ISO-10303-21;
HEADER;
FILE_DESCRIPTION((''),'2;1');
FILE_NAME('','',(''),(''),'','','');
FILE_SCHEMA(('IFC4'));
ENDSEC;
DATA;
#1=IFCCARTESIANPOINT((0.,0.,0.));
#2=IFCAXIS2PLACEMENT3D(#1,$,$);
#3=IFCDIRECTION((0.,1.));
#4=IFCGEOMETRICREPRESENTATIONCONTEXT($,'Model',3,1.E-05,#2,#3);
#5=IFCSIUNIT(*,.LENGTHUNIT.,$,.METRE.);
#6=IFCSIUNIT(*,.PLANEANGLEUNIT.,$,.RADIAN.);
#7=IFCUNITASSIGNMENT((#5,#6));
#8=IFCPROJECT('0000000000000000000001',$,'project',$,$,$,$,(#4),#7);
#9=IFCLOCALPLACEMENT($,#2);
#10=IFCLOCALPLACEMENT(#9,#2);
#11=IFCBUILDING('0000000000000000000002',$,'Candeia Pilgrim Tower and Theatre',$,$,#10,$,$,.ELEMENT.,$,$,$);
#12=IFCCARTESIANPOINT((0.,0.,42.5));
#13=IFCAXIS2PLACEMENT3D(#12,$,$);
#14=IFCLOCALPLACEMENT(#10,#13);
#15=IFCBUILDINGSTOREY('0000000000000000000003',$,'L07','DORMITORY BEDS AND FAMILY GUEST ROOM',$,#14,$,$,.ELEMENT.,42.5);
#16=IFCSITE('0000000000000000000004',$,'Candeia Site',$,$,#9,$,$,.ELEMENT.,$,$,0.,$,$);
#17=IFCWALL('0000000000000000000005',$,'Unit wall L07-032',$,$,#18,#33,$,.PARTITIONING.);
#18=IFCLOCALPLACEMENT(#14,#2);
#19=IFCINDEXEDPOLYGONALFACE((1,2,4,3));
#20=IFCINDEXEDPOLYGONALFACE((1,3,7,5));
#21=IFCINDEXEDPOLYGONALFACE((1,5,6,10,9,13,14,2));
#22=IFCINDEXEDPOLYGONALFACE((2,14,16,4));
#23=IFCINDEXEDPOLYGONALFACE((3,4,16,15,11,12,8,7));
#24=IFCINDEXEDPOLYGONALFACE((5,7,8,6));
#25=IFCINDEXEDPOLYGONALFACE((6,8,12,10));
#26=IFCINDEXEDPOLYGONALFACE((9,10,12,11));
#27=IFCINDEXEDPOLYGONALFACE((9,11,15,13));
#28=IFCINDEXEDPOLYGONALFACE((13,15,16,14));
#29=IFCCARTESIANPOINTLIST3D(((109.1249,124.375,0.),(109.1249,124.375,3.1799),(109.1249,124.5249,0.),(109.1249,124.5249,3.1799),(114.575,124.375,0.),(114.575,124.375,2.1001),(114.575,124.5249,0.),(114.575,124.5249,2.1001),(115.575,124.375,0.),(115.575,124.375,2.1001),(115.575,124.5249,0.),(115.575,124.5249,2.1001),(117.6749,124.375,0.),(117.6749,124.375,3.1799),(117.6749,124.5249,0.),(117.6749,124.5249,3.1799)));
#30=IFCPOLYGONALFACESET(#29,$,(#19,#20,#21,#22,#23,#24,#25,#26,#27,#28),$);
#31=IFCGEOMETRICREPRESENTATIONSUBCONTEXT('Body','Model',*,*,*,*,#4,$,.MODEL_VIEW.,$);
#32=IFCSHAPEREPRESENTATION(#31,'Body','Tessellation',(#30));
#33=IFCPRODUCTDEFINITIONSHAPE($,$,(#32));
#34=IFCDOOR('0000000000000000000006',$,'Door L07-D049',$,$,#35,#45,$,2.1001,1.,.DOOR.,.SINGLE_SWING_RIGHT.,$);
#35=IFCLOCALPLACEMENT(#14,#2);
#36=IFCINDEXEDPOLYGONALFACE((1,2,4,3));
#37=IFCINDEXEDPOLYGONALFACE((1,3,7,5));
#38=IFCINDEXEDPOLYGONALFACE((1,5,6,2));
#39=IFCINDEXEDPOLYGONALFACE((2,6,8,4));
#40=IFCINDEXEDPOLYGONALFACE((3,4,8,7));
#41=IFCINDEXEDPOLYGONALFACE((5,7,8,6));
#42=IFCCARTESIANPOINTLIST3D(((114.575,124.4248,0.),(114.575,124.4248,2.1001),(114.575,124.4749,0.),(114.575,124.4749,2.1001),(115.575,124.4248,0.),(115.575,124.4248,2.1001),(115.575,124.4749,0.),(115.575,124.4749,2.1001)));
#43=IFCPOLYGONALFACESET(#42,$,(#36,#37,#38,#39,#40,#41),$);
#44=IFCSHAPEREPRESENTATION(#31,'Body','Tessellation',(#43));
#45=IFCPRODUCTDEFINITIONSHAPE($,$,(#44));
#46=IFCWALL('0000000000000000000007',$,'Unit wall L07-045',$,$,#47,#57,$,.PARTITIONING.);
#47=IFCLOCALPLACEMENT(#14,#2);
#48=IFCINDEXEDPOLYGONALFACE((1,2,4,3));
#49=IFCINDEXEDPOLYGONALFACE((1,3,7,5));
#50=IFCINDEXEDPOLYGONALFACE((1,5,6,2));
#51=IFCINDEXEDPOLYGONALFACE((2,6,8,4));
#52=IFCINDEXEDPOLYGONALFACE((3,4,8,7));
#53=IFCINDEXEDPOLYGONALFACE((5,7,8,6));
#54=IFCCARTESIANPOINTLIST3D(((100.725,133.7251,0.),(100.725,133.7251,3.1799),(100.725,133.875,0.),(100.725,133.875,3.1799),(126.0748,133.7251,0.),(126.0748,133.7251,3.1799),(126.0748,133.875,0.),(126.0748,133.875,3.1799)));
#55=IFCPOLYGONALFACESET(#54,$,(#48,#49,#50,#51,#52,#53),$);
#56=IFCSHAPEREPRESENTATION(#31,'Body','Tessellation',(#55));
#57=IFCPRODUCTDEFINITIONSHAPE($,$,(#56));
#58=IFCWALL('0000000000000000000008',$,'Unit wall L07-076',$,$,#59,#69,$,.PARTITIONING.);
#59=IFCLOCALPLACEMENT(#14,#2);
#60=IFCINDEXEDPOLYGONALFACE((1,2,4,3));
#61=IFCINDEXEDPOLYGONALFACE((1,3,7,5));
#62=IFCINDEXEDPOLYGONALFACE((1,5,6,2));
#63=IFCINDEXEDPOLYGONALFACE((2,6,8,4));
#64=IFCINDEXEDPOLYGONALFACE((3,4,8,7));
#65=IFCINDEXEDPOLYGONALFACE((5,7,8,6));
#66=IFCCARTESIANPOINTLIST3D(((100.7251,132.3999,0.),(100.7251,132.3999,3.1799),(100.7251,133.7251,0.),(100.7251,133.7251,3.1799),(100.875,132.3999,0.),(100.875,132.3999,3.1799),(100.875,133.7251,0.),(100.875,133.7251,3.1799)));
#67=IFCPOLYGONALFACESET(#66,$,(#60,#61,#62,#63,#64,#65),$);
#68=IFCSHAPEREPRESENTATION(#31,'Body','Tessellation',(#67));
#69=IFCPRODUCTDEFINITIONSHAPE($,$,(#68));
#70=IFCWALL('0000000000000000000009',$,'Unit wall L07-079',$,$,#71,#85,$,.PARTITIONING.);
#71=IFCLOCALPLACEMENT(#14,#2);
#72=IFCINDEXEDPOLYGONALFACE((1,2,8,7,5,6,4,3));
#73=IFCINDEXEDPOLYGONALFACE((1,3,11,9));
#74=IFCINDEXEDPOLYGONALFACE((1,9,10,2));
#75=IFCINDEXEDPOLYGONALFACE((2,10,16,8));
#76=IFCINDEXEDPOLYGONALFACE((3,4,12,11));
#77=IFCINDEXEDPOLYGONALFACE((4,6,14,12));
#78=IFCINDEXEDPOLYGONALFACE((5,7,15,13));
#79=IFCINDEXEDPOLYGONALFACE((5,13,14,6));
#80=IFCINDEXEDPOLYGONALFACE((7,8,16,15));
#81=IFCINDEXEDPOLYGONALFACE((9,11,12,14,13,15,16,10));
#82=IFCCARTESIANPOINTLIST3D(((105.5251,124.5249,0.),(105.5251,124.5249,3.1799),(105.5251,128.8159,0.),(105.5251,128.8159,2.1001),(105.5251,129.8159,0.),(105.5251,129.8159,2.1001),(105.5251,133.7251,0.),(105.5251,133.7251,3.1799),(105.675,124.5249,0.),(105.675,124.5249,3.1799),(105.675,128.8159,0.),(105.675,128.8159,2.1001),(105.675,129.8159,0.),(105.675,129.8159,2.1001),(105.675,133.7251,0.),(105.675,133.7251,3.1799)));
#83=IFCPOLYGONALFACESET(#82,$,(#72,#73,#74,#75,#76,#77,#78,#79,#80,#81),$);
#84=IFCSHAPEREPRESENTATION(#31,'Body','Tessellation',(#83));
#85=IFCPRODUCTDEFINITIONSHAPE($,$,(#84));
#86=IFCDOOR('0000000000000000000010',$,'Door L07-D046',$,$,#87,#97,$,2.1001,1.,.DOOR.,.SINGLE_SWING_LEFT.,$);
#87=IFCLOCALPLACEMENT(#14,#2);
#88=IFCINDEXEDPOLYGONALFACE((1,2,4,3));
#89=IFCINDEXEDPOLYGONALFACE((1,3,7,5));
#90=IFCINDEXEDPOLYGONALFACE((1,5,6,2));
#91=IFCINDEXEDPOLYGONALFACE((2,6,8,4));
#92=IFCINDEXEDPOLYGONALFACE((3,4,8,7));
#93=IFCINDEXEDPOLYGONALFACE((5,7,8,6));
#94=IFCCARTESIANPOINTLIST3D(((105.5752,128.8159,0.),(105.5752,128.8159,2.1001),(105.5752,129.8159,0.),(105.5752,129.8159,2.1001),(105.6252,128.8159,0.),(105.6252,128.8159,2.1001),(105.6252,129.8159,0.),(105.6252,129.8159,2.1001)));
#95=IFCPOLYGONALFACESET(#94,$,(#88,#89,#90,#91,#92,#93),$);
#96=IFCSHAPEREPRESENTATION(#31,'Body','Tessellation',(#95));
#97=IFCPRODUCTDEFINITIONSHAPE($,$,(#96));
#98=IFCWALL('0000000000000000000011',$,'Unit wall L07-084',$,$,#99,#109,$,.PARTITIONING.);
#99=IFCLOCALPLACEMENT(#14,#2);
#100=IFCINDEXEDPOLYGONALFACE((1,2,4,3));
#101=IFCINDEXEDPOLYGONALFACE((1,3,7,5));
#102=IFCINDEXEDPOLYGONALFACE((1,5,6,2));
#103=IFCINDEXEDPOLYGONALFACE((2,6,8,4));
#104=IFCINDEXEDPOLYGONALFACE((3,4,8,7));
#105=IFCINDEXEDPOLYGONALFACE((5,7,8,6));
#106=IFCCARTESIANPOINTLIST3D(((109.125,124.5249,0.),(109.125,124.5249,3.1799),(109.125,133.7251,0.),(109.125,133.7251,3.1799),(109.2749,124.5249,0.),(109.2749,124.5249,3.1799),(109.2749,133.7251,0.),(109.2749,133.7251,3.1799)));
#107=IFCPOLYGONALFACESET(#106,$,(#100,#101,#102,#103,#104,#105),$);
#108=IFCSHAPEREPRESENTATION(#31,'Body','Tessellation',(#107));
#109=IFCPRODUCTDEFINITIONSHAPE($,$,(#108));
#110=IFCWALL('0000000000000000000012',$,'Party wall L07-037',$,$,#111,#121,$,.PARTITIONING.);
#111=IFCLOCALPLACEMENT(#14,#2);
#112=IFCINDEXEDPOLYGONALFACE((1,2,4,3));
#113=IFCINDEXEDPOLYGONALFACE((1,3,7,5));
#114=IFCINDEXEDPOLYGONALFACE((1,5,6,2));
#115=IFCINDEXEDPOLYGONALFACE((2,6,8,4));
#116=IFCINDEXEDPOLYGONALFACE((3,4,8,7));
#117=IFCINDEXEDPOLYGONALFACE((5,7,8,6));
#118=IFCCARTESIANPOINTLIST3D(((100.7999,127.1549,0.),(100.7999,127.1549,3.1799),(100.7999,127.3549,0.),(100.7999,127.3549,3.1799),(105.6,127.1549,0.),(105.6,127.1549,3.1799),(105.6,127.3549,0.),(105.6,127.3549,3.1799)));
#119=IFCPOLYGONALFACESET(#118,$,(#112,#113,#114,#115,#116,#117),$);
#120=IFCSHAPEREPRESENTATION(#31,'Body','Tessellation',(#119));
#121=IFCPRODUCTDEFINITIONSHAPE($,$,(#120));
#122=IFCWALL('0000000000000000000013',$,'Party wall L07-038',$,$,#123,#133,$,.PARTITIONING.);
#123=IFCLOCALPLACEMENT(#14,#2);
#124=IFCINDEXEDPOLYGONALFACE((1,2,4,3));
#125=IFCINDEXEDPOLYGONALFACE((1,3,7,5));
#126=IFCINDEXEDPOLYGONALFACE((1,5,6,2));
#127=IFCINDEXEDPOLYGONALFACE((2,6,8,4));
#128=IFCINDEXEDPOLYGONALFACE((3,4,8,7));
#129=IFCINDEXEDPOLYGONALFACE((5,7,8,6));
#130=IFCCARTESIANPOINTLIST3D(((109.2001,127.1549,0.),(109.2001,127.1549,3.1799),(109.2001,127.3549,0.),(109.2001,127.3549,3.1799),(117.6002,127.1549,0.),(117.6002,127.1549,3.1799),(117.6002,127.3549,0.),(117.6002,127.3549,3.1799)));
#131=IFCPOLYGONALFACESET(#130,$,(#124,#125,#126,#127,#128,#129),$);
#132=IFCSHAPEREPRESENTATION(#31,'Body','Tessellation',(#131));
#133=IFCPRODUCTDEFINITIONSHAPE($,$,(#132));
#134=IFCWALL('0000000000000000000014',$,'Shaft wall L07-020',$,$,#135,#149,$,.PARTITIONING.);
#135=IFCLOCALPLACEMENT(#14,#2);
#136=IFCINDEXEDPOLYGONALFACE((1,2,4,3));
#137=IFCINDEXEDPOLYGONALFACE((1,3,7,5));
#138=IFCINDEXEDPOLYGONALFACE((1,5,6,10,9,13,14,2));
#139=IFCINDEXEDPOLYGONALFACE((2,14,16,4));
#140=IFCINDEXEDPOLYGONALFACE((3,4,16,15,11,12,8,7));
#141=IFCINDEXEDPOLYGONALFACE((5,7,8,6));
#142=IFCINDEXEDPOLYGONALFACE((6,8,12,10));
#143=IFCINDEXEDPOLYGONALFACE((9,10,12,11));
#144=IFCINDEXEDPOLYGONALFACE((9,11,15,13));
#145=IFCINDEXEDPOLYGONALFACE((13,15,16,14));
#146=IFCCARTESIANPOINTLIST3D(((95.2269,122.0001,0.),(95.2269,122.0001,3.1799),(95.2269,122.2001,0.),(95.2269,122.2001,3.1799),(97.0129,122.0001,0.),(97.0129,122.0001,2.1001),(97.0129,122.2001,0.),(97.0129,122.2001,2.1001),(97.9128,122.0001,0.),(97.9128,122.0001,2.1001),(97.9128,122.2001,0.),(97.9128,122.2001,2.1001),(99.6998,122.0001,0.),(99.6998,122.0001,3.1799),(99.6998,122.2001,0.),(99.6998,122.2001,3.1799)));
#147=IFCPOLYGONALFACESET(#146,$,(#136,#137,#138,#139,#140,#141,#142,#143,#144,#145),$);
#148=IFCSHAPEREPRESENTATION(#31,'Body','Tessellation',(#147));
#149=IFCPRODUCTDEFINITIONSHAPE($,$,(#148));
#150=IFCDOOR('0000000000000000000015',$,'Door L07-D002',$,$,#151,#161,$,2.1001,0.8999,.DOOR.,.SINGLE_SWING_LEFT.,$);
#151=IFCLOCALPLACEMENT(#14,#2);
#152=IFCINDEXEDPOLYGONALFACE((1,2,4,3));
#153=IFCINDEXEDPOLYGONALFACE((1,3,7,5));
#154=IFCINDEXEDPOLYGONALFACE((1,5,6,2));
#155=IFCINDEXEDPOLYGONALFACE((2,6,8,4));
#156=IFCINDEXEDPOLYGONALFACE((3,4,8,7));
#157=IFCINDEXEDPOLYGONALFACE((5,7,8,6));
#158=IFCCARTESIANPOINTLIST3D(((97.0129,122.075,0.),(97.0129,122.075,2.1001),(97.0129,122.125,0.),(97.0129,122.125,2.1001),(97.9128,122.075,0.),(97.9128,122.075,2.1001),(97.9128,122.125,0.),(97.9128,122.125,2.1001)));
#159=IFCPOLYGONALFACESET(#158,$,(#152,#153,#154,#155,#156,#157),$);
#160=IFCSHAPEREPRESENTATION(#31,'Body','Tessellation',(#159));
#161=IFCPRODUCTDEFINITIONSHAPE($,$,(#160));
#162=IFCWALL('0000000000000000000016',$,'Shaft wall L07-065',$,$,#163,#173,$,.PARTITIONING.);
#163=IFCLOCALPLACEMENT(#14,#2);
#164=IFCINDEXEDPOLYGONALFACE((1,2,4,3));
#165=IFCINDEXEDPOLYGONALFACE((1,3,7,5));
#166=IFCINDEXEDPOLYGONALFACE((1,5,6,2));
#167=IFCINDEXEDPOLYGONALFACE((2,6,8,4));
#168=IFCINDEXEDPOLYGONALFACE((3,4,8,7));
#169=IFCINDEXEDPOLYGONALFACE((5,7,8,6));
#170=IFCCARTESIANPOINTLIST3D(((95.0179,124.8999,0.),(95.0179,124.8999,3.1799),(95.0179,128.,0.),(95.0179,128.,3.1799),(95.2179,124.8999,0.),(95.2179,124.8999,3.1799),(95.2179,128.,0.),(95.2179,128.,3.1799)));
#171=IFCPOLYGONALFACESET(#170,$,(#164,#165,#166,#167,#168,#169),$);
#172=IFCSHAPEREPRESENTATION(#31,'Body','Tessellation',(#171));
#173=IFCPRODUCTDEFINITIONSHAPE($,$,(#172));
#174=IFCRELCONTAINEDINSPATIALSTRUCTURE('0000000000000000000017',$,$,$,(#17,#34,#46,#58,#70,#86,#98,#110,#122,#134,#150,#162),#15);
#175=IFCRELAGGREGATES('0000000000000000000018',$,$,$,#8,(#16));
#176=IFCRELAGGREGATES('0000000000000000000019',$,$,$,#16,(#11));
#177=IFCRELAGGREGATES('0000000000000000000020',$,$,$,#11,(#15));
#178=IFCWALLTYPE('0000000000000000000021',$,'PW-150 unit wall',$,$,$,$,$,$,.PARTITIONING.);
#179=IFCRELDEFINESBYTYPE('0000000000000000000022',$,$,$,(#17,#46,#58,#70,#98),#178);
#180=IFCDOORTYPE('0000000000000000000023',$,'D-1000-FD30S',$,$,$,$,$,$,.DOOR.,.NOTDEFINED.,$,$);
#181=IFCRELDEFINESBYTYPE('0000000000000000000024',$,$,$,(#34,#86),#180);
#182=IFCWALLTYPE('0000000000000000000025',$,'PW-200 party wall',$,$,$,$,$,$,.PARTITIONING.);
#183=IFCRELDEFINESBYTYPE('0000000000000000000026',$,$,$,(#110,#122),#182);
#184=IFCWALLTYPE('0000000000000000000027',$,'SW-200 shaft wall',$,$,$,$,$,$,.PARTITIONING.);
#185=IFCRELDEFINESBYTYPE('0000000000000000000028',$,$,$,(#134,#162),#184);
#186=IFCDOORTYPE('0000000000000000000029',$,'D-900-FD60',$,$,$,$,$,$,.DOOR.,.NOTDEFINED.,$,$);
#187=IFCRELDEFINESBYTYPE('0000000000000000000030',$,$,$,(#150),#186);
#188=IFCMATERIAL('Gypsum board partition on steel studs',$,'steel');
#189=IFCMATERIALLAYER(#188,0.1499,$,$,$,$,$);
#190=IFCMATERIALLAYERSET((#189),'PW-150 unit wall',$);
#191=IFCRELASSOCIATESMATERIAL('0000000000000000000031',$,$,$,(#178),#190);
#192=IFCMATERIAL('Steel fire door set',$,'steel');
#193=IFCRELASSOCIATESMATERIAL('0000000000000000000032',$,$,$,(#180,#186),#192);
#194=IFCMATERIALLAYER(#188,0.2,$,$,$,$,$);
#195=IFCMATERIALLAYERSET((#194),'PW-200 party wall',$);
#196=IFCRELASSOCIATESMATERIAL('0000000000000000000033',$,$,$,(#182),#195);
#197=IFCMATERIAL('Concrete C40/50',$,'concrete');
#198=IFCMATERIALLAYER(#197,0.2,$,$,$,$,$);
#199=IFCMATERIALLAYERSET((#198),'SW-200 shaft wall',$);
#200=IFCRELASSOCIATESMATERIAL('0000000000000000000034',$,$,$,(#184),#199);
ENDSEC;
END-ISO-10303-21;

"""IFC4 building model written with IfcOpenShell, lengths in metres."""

from ifc_helpers import new_model, si_unit, direction, frame, frame_2d, origin, place, context, subcontext, project, spatial, rectangle, extrude, material, layer, layer_set, type_object, element, fill, save


model = new_model("IFC4")

# Units and contexts
model_context = context("Model", 3, precision=1e-05, world=origin(), true_north=direction((0.0, 1.0)))
body_context = subcontext(model_context, "Body", "Model", "MODEL_VIEW")
ifc_project = project(units=[si_unit("LENGTHUNIT", "METRE"), si_unit("PLANEANGLEUNIT", "RADIAN")], contexts=[model_context])

# Site, building, storey
site_placement = place(None, origin())
site = spatial("IfcSite", under=ifc_project, at=site_placement, Name="Candeia Site", CompositionType="ELEMENT", RefElevation=0.0)
building_placement = place(site_placement, origin())
building = spatial("IfcBuilding", under=site, at=building_placement, Name="Candeia Pilgrim Tower and Theatre", CompositionType="ELEMENT")
storey_placement = place(building_placement, frame((0.0, 0.0, 42.5)))
storey = spatial("IfcBuildingStorey", under=building, at=storey_placement, Name="L07", Description="DORMITORY BEDS AND FAMILY GUEST ROOM", CompositionType="ELEMENT", Elevation=42.5)

# Shared definitions
ifc_material_1 = material(Name="Steel fire door set", Category="steel")
ifc_material_2 = material(Name="Gypsum board partition on steel studs", Category="steel")

# Shared definitions
ifc_layer_1 = layer(ifc_material_2, 0.1499)
ifc_layer_set_1 = layer_set([ifc_layer_1], Name="PW-150 unit wall")
wall_type_1 = type_object("IfcWallType", Name="PW-150 unit wall", PredefinedType="PARTITIONING", material=ifc_layer_set_1)

# Wall, opening, door
door_type_1 = type_object("IfcDoorType", Name="D-1000-FD30S", OperationType="NOTDEFINED", PredefinedType="DOOR", material=ifc_material_1)
wall_1_placement = place(storey_placement, frame((109.125, 124.45, 0.0), z_axis=(0.0, 0.0, 1.0), x_axis=(1.0, 0.0, 0.0)))
wall_1 = element("IfcWall", 1, at=wall_1_placement, inside=storey, type_object=wall_type_1, Name="Unit wall L07-032", PredefinedType="PARTITIONING", context=body_context, shape_type="SweptSolid", body=[
    extrude(rectangle(XDim=8.55, YDim=0.1499, at=frame_2d((4.2749, 0.0))), origin(), (0.0, 0.0, 1.0), 3.1799),
])
opening_1_placement = place(wall_1_placement, frame((5.45, 0.0, 0.0)))
opening_1 = element("IfcOpeningElement", 2, at=opening_1_placement, cuts=wall_1, PredefinedType="OPENING", context=body_context, shape_type="SweptSolid", body=[
    extrude(rectangle(XDim=1.0, YDim=2.1001, at=frame_2d((0.5, 1.05))), frame((0.0, 0.085, 0.0), z_axis=(0.0, -1.0, 0.0), x_axis=(1.0, 0.0, 0.0)), (0.0, 0.0, 1.0), 0.1699),
])
door_1_placement = place(opening_1_placement, origin())
door_1 = element("IfcDoor", 3, at=door_1_placement, inside=storey, type_object=door_type_1, Name="Door L07-D049", OperationType="SINGLE_SWING_RIGHT", OverallHeight=2.1001, OverallWidth=1.0, PredefinedType="DOOR", context=body_context, shape_type="SweptSolid", body=[
    extrude(rectangle(XDim=1.0, YDim=2.1001, at=frame_2d((0.5, 1.05))), frame((0.0, 0.0249, 0.0), z_axis=(0.0, -1.0, 0.0), x_axis=(1.0, 0.0, 0.0)), (0.0, 0.0, 1.0), 0.05),
])
fill(opening_1, door_1)

# Walls
wall_2_placement = place(storey_placement, frame((100.7251, 133.8, 0.0), z_axis=(0.0, 0.0, 1.0), x_axis=(1.0, 0.0, 0.0)))
element("IfcWall", 4, at=wall_2_placement, inside=storey, type_object=wall_type_1, Name="Unit wall L07-045", PredefinedType="PARTITIONING", context=body_context, shape_type="SweptSolid", body=[
    extrude(rectangle(XDim=25.3499, YDim=0.1499, at=frame_2d((12.6748, 0.0))), origin(), (0.0, 0.0, 1.0), 3.1799),
])
wall_3_placement = place(storey_placement, frame((100.8, 132.3999, 0.0), z_axis=(0.0, 0.0, 1.0), x_axis=(0.0, 1.0, 0.0)))
element("IfcWall", 5, at=wall_3_placement, inside=storey, type_object=wall_type_1, Name="Unit wall L07-076", PredefinedType="PARTITIONING", context=body_context, shape_type="SweptSolid", body=[
    extrude(rectangle(XDim=1.3252, YDim=0.1499, at=frame_2d((0.6626, 0.0))), origin(), (0.0, 0.0, 1.0), 3.1799),
])

# Wall, opening, door
wall_4_placement = place(storey_placement, frame((105.6001, 124.5249, 0.0), z_axis=(0.0, 0.0, 1.0), x_axis=(0.0, 1.0, 0.0)))
wall_4 = element("IfcWall", 6, at=wall_4_placement, inside=storey, type_object=wall_type_1, Name="Unit wall L07-079", PredefinedType="PARTITIONING", context=body_context, shape_type="SweptSolid", body=[
    extrude(rectangle(XDim=9.2002, YDim=0.1499, at=frame_2d((4.6001, 0.0))), origin(), (0.0, 0.0, 1.0), 3.1799),
])
opening_2_placement = place(wall_4_placement, frame((4.291, 0.0, 0.0)))
opening_2 = element("IfcOpeningElement", 7, at=opening_2_placement, cuts=wall_4, PredefinedType="OPENING", context=body_context, shape_type="SweptSolid", body=[
    extrude(rectangle(XDim=1.0, YDim=2.1001, at=frame_2d((0.5, 1.05))), frame((0.0, 0.085, 0.0), z_axis=(0.0, -1.0, 0.0), x_axis=(1.0, 0.0, 0.0)), (0.0, 0.0, 1.0), 0.1699),
])
door_2_placement = place(opening_2_placement, origin())
door_2 = element("IfcDoor", 8, at=door_2_placement, inside=storey, type_object=door_type_1, Name="Door L07-D046", OperationType="SINGLE_SWING_LEFT", OverallHeight=2.1001, OverallWidth=1.0, PredefinedType="DOOR", context=body_context, shape_type="SweptSolid", body=[
    extrude(rectangle(XDim=1.0, YDim=2.1001, at=frame_2d((0.5, 1.05))), frame((0.0, 0.0249, 0.0), z_axis=(0.0, -1.0, 0.0), x_axis=(1.0, 0.0, 0.0)), (0.0, 0.0, 1.0), 0.05),
])
fill(opening_2, door_2)

# Walls
wall_5_placement = place(storey_placement, frame((109.2, 124.5249, 0.0), z_axis=(0.0, 0.0, 1.0), x_axis=(0.0, 1.0, 0.0)))
element("IfcWall", 9, at=wall_5_placement, inside=storey, type_object=wall_type_1, Name="Unit wall L07-084", PredefinedType="PARTITIONING", context=body_context, shape_type="SweptSolid", body=[
    extrude(rectangle(XDim=9.2002, YDim=0.1499, at=frame_2d((4.6001, 0.0))), origin(), (0.0, 0.0, 1.0), 3.1799),
])
ifc_layer_2 = layer(ifc_material_2, 0.2)
ifc_layer_set_2 = layer_set([ifc_layer_2], Name="PW-200 party wall")
wall_type_2 = type_object("IfcWallType", Name="PW-200 party wall", PredefinedType="PARTITIONING", material=ifc_layer_set_2)
wall_6_placement = place(storey_placement, frame((100.8, 127.2549, 0.0), z_axis=(0.0, 0.0, 1.0), x_axis=(1.0, 0.0, 0.0)))
element("IfcWall", 10, at=wall_6_placement, inside=storey, type_object=wall_type_2, Name="Party wall L07-037", PredefinedType="PARTITIONING", context=body_context, shape_type="SweptSolid", body=[
    extrude(rectangle(XDim=4.8, YDim=0.2, at=frame_2d((2.3999, 0.0))), origin(), (0.0, 0.0, 1.0), 3.1799),
])
wall_7_placement = place(storey_placement, frame((109.2, 127.2549, 0.0), z_axis=(0.0, 0.0, 1.0), x_axis=(1.0, 0.0, 0.0)))
element("IfcWall", 11, at=wall_7_placement, inside=storey, type_object=wall_type_2, Name="Party wall L07-038", PredefinedType="PARTITIONING", context=body_context, shape_type="SweptSolid", body=[
    extrude(rectangle(XDim=8.4001, YDim=0.2, at=frame_2d((4.2002, 0.0))), origin(), (0.0, 0.0, 1.0), 3.1799),
])

# Wall, opening, door
ifc_material_3 = material(Name="Concrete C40/50", Category="concrete")
ifc_layer_3 = layer(ifc_material_3, 0.2)
ifc_layer_set_3 = layer_set([ifc_layer_3], Name="SW-200 shaft wall")
wall_type_3 = type_object("IfcWallType", Name="SW-200 shaft wall", PredefinedType="PARTITIONING", material=ifc_layer_set_3)
wall_8_placement = place(storey_placement, frame((95.2271, 122.1001, 0.0), z_axis=(0.0, 0.0, 1.0), x_axis=(1.0, 0.0, 0.0)))
wall_8 = element("IfcWall", 12, at=wall_8_placement, inside=storey, type_object=wall_type_3, Name="Shaft wall L07-020", PredefinedType="PARTITIONING", context=body_context, shape_type="SweptSolid", body=[
    extrude(rectangle(XDim=4.4729, YDim=0.2, at=frame_2d((2.2363, 0.0))), origin(), (0.0, 0.0, 1.0), 3.1799),
])
opening_3_placement = place(wall_8_placement, frame((1.7859, 0.0, 0.0)))
opening_3 = element("IfcOpeningElement", 13, at=opening_3_placement, cuts=wall_8, PredefinedType="OPENING", context=body_context, shape_type="SweptSolid", body=[
    extrude(rectangle(XDim=0.8999, YDim=2.1001, at=frame_2d((0.45, 1.05))), frame((0.0, 0.1099, 0.0), z_axis=(0.0, -1.0, 0.0), x_axis=(1.0, 0.0, 0.0)), (0.0, 0.0, 1.0), 0.22),
])
door_type_2 = type_object("IfcDoorType", Name="D-900-FD60", OperationType="NOTDEFINED", PredefinedType="DOOR", material=ifc_material_1)
door_3_placement = place(opening_3_placement, origin())
door_3 = element("IfcDoor", 14, at=door_3_placement, inside=storey, type_object=door_type_2, Name="Door L07-D002", OperationType="SINGLE_SWING_LEFT", OverallHeight=2.1001, OverallWidth=0.8999, PredefinedType="DOOR", context=body_context, shape_type="SweptSolid", body=[
    extrude(rectangle(XDim=0.8999, YDim=2.1001, at=frame_2d((0.45, 1.05))), frame((0.0, 0.0249, 0.0), z_axis=(0.0, -1.0, 0.0), x_axis=(1.0, 0.0, 0.0)), (0.0, 0.0, 1.0), 0.05),
])
fill(opening_3, door_3)

# Wall
for number, where, z_axis, x_axis, name in (
    (15, (95.1179, 124.8999, 0.0), (0.0, 0.0, 1.0), (0.0, 1.0, 0.0), "Shaft wall L07-065"),
):
    element("IfcWall", number, at=place(storey_placement, frame(where, z_axis=z_axis, x_axis=x_axis)), inside=storey, type_object=wall_type_3, Name=name, PredefinedType="PARTITIONING", context=body_context, shape_type="SweptSolid", body=[
        extrude(rectangle(XDim=3.1001, YDim=0.2, at=frame_2d((1.55, 0.0))), origin(), (0.0, 0.0, 1.0), 3.1799),
    ])

save(model, "model.ifc")
